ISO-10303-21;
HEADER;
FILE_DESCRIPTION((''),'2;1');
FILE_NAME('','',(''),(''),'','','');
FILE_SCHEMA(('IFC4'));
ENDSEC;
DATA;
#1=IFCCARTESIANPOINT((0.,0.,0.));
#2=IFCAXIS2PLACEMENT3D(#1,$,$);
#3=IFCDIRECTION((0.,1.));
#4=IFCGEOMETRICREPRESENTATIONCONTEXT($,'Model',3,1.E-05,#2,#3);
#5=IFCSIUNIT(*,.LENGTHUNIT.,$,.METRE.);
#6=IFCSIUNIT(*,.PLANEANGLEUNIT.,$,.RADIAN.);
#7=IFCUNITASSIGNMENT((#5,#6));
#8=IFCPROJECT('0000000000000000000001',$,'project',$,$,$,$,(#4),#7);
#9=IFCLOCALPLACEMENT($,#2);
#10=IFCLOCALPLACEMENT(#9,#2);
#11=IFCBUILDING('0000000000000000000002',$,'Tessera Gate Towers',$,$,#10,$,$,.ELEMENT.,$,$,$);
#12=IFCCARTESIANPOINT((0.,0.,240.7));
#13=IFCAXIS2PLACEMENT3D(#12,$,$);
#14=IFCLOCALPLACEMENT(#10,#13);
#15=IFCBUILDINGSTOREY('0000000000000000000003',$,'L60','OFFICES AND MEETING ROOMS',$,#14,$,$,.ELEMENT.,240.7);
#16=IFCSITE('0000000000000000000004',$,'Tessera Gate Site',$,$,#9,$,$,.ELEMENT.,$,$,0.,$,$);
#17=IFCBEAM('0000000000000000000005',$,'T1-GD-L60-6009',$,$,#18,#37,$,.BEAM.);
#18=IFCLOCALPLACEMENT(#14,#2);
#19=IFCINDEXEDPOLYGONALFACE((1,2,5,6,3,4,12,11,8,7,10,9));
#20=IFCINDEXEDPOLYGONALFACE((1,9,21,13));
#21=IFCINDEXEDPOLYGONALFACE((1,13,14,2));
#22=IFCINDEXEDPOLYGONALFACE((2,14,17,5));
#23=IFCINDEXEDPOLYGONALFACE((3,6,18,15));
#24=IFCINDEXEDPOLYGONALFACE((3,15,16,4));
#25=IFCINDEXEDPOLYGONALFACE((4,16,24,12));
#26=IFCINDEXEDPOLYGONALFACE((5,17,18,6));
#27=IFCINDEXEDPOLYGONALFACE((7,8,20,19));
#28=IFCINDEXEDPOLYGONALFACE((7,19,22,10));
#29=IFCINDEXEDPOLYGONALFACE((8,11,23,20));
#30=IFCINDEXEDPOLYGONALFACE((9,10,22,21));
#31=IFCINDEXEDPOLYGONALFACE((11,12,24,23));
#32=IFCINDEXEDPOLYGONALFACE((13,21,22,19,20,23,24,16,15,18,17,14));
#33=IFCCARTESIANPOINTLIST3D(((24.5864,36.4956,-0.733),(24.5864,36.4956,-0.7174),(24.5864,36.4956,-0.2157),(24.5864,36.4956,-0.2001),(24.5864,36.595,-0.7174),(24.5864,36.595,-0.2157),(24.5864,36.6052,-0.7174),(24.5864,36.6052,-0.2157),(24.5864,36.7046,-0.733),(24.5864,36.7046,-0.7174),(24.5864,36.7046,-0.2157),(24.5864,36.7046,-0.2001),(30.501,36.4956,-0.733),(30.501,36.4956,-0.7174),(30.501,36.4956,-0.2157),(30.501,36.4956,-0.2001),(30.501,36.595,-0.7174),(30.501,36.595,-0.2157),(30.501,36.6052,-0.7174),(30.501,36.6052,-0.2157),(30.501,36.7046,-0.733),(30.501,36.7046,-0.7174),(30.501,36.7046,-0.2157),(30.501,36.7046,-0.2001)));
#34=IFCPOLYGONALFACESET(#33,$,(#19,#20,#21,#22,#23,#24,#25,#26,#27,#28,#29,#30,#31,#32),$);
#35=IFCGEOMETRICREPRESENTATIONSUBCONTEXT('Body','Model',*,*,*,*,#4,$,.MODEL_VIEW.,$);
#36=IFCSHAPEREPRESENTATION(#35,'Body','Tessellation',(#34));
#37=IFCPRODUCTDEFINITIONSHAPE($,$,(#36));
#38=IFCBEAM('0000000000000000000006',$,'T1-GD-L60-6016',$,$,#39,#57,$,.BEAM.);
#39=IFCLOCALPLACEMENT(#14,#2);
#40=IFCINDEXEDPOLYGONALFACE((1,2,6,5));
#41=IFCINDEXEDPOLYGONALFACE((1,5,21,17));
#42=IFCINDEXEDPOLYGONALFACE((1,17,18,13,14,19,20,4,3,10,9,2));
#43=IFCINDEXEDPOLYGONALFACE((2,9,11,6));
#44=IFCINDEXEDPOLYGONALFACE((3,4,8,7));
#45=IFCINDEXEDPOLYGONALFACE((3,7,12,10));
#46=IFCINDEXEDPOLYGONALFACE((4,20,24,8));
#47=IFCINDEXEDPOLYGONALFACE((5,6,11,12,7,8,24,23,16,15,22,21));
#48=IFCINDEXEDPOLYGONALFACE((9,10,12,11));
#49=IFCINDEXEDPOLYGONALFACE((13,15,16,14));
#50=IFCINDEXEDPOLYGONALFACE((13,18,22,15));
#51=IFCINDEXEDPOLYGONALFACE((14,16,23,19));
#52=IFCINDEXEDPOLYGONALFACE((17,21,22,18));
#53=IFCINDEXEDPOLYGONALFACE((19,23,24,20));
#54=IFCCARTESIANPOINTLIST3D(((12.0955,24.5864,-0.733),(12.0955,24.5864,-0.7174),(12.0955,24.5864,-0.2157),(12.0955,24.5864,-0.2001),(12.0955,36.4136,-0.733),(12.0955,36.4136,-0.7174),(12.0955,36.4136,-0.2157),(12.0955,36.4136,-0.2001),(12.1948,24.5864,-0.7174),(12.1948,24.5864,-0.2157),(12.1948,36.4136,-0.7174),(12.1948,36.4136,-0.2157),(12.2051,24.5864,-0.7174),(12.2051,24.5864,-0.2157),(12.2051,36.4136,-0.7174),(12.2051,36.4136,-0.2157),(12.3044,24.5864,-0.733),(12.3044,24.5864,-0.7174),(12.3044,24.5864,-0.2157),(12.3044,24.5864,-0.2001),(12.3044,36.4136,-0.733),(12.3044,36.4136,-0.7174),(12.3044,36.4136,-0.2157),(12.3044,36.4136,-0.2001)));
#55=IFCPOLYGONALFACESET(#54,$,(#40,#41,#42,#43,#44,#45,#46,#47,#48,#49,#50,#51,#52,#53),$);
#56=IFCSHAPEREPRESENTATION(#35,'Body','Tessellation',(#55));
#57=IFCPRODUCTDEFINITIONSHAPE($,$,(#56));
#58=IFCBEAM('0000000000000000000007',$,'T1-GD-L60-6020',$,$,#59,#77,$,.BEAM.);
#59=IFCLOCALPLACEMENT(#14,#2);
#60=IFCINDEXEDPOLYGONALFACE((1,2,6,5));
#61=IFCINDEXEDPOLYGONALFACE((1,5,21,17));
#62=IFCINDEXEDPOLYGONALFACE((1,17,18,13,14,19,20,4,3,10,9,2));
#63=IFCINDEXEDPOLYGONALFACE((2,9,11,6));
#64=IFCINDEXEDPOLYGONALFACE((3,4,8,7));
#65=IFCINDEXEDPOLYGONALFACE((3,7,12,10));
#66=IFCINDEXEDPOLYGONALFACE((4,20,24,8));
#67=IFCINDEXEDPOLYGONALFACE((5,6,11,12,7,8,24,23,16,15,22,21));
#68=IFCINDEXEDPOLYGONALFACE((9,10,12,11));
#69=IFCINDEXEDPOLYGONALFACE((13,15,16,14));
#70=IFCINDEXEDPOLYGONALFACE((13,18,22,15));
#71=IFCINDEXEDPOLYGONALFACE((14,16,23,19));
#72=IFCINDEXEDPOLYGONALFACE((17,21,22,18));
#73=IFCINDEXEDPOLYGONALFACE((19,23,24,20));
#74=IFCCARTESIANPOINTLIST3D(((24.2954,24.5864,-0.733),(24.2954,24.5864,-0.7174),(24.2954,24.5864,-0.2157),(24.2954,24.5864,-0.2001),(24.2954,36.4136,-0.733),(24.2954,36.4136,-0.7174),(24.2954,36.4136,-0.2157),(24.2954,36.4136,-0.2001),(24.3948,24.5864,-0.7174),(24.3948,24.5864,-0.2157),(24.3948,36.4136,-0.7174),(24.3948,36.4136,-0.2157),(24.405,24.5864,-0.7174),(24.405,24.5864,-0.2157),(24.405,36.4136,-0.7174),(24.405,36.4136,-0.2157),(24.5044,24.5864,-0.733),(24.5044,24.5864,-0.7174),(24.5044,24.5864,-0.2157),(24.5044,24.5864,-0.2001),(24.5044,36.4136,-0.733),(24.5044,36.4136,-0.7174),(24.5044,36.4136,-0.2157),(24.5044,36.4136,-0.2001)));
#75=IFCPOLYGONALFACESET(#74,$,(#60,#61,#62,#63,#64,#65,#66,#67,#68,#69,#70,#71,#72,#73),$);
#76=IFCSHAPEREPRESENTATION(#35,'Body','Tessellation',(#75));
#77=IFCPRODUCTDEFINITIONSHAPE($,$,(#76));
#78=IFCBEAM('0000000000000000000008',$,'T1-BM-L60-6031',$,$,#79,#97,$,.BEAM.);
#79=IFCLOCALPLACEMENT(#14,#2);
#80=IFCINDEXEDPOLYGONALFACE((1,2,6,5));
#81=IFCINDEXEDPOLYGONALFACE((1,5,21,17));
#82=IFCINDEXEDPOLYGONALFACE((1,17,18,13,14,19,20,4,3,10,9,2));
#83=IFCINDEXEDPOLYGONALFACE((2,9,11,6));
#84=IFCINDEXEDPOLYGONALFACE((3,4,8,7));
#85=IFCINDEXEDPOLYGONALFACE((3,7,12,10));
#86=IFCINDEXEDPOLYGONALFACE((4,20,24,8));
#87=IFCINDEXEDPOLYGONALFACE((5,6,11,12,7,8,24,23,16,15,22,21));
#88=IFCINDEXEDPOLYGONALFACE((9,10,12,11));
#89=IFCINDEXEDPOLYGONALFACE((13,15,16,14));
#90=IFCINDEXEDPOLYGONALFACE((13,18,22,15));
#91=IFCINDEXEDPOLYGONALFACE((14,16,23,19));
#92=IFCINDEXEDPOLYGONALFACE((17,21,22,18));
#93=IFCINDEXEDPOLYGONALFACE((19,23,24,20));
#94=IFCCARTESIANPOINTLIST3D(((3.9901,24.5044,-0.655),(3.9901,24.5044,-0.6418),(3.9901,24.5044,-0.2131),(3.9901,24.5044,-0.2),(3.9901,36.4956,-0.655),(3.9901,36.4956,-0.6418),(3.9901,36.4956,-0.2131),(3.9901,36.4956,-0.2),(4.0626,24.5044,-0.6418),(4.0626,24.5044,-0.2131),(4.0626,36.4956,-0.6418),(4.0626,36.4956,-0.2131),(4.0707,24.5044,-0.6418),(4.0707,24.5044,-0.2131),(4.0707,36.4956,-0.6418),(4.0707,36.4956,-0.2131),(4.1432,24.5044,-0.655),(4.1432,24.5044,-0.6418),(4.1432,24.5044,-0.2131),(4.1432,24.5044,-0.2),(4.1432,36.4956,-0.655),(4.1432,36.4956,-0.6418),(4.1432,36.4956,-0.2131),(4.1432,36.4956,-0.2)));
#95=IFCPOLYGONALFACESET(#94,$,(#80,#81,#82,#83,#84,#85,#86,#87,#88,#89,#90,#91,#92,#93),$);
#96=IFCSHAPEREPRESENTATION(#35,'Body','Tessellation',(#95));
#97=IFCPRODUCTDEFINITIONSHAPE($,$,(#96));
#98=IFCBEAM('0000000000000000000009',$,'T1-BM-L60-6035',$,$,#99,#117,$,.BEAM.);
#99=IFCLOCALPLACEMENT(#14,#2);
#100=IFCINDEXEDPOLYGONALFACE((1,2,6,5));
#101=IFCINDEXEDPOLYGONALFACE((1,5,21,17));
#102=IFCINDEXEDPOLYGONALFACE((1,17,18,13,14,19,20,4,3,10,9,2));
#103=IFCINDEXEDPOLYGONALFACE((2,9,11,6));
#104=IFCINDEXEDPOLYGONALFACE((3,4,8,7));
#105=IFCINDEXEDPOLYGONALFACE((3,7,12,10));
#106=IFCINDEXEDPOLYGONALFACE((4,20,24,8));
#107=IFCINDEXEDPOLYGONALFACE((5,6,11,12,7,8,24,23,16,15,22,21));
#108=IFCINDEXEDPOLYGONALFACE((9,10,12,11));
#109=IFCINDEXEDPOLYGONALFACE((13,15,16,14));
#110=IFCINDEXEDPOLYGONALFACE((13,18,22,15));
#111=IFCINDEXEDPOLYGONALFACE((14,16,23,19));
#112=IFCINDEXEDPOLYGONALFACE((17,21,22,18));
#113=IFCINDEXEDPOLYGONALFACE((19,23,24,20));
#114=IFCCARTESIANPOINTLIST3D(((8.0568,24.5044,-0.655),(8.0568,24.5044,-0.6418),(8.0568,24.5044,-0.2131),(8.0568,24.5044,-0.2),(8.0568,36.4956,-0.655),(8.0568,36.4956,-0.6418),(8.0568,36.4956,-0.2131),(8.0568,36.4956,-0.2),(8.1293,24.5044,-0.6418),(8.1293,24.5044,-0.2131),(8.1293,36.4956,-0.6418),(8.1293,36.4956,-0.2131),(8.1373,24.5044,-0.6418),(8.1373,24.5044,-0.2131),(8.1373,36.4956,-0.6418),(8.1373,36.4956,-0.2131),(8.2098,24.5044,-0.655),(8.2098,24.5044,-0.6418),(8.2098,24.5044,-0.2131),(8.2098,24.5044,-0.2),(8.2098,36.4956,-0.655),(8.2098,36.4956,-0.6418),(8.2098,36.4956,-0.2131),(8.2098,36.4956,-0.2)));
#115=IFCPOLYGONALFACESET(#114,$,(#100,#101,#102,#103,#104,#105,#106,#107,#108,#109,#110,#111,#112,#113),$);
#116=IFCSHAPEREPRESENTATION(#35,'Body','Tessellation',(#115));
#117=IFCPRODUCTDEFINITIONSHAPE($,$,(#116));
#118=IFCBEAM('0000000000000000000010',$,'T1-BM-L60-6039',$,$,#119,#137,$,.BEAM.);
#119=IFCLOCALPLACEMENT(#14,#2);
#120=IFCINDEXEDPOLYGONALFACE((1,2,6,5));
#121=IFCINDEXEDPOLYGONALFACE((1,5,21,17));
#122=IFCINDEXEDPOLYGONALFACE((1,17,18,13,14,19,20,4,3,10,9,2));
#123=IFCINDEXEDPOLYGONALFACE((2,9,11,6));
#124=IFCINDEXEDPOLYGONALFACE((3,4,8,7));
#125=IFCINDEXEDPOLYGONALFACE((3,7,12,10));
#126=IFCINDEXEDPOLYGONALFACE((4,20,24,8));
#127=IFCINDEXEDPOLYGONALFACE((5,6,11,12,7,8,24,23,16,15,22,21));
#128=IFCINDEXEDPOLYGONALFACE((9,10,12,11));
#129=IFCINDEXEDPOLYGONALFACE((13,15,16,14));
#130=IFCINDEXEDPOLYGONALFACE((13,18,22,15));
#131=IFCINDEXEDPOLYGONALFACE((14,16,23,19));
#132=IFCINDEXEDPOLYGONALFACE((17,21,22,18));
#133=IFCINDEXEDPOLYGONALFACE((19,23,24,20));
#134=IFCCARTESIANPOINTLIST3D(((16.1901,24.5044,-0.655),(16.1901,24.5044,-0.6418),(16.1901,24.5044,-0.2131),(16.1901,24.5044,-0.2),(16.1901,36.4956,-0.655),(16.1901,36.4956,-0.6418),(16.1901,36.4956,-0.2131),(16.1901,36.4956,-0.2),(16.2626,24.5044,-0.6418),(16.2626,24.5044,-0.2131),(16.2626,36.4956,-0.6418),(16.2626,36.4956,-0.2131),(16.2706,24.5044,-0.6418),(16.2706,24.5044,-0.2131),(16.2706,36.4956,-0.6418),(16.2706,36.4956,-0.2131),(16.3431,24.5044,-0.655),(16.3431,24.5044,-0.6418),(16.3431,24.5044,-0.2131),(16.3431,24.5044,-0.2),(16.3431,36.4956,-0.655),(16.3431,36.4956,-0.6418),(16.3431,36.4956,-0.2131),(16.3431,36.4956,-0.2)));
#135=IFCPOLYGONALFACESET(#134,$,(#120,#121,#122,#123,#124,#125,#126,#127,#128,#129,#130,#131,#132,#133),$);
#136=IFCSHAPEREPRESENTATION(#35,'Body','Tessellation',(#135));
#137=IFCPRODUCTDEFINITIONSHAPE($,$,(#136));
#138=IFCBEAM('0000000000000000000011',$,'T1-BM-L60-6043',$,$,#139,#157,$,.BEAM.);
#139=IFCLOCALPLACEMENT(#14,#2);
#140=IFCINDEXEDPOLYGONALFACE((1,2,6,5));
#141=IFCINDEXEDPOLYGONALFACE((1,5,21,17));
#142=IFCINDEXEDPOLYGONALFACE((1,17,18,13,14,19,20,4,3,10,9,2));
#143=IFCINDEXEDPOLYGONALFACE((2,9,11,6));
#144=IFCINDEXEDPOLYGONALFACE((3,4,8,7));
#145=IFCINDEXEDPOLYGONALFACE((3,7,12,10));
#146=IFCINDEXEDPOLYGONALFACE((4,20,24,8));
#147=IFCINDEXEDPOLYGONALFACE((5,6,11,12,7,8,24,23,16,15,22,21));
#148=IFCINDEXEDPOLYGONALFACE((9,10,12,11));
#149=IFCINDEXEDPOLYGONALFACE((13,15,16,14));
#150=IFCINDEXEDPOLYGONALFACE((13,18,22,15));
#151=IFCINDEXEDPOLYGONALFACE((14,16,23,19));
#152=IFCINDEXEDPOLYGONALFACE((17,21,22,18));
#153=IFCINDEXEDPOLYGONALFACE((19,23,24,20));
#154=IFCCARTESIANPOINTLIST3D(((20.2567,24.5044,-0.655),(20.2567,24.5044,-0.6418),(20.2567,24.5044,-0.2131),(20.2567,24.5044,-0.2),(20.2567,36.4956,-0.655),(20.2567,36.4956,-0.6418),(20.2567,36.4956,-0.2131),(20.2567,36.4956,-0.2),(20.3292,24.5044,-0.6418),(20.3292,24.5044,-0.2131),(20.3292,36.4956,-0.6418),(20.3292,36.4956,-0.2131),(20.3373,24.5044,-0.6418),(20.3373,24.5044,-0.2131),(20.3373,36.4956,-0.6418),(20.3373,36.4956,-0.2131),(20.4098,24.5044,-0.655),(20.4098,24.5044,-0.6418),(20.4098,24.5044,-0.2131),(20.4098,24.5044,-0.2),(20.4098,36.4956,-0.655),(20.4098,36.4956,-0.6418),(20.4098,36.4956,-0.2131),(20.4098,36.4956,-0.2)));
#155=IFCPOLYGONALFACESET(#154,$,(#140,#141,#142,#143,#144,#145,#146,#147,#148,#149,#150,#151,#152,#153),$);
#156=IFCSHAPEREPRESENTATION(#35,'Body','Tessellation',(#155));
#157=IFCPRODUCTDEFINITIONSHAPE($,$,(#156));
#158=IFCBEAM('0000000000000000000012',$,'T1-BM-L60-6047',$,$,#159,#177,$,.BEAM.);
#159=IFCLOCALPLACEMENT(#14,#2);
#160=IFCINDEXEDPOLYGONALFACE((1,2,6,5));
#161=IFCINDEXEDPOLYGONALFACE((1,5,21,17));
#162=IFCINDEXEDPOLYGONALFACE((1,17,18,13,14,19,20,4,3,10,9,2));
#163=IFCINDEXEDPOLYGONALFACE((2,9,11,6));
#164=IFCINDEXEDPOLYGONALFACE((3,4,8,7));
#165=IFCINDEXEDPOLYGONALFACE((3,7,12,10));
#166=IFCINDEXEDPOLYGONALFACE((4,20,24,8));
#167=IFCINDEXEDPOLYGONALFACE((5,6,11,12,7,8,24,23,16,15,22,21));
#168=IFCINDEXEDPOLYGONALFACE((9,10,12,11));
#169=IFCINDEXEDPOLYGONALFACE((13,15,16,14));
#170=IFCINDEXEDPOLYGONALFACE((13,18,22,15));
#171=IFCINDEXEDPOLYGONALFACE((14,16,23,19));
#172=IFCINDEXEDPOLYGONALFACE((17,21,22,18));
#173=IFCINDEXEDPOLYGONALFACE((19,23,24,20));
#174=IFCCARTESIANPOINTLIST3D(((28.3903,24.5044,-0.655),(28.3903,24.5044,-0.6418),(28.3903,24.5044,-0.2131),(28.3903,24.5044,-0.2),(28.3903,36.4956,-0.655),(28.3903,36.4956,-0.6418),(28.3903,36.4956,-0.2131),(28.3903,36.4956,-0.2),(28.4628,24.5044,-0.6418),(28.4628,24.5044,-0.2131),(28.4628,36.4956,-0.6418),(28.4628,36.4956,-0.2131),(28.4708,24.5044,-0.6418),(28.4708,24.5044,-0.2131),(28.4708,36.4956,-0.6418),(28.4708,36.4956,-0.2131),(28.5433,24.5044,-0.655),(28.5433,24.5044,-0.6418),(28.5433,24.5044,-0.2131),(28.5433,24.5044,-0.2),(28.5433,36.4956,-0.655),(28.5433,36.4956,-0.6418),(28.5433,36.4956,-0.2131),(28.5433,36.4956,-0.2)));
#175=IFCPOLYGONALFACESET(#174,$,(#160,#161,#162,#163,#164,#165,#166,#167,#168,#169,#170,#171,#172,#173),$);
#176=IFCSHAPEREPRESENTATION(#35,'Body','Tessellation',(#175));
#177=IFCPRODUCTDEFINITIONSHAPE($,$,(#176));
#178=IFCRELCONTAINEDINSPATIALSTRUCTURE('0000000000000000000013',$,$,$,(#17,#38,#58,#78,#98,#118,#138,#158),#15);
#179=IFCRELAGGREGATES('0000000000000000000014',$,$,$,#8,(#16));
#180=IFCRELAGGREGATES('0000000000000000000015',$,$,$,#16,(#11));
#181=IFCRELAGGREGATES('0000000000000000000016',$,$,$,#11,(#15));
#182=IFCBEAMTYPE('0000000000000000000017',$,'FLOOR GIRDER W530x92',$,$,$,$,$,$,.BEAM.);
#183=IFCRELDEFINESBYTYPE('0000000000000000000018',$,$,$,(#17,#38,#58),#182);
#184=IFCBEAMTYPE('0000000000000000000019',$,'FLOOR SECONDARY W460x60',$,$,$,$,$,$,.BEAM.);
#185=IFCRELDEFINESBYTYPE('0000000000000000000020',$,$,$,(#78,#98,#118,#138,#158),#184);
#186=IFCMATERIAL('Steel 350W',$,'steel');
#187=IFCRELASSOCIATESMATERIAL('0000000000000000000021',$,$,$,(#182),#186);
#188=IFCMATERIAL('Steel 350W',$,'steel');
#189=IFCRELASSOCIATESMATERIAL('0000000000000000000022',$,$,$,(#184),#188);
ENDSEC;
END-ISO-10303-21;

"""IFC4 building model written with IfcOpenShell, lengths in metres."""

from ifc_helpers import new_model, si_unit, direction, frame, origin, origin_2d, place, context, subcontext, project, spatial, i_section, extrude, material, material_profile, profile_set, type_object, element, save


model = new_model("IFC4")

# Units and contexts
model_context = context("Model", 3, precision=1e-05, world=origin(), true_north=direction((0.0, 1.0)))
body_context = subcontext(model_context, "Body", "Model", "MODEL_VIEW")
ifc_project = project(units=[si_unit("LENGTHUNIT", "METRE"), si_unit("PLANEANGLEUNIT", "RADIAN")], contexts=[model_context])

# Site, building, storey
site_placement = place(None, origin())
site = spatial("IfcSite", under=ifc_project, at=site_placement, Name="Tessera Gate Site", CompositionType="ELEMENT", RefElevation=0.0)
building_placement = place(site_placement, origin())
building = spatial("IfcBuilding", under=site, at=building_placement, Name="Tessera Gate Towers", CompositionType="ELEMENT")
storey_placement = place(building_placement, frame((0.0, 0.0, 240.7)))
storey = spatial("IfcBuildingStorey", under=building, at=storey_placement, Name="L60", Description="OFFICES AND MEETING ROOMS", CompositionType="ELEMENT", Elevation=240.7)

# Beams
ifc_material_1 = material(Name="Steel 350W", Category="steel")
ifc_material_profile_1 = material_profile(ifc_material_1, i_section(OverallWidth=0.209, OverallDepth=0.533, WebThickness=0.0103, FlangeThickness=0.0156, at=origin_2d()), Name="W530x92")
ifc_profile_set_1 = profile_set([ifc_material_profile_1], Name="Steel 350W")
beam_type_1 = type_object("IfcBeamType", Name="FLOOR GIRDER W530x92", PredefinedType="BEAM", material=ifc_profile_set_1)
beam_1_placement = place(storey_placement, frame((24.5864, 36.6001, -0.4666), z_axis=(1.0, 0.0, 0.0), x_axis=(0.0, 1.0, 0.0)))
element("IfcBeam", 1, at=beam_1_placement, inside=storey, type_object=beam_type_1, Name="T1-GD-L60-6009", PredefinedType="BEAM", context=body_context, shape_type="SweptSolid", body=[
    extrude(i_section(OverallWidth=0.209, OverallDepth=0.533, WebThickness=0.0103, FlangeThickness=0.0156, at=origin_2d()), origin(), (0.0, 0.0, 1.0), 5.9146),
])
for number, where, z_axis, x_axis, name in (
    (2, (12.2, 24.5864, -0.4666), (0.0, 1.0, 0.0), (-1.0, 0.0, 0.0), "T1-GD-L60-6016"),
    (3, (24.3999, 24.5864, -0.4666), (0.0, 1.0, 0.0), (-1.0, 0.0, 0.0), "T1-GD-L60-6020"),
):
    element("IfcBeam", number, at=place(storey_placement, frame(where, z_axis=z_axis, x_axis=x_axis)), inside=storey, type_object=beam_type_1, Name=name, PredefinedType="BEAM", context=body_context, shape_type="SweptSolid", body=[
        extrude(i_section(OverallWidth=0.209, OverallDepth=0.533, WebThickness=0.0103, FlangeThickness=0.0156, at=origin_2d()), origin(), (0.0, 0.0, 1.0), 11.8271),
    ])
ifc_material_2 = material(Name="Steel 350W", Category="steel")
ifc_material_profile_2 = material_profile(ifc_material_2, i_section(OverallWidth=0.1531, OverallDepth=0.4551, WebThickness=0.0081, FlangeThickness=0.0132, at=origin_2d()), Name="W460x60")
ifc_profile_set_2 = profile_set([ifc_material_profile_2], Name="Steel 350W")
beam_type_2 = type_object("IfcBeamType", Name="FLOOR SECONDARY W460x60", PredefinedType="BEAM", material=ifc_profile_set_2)
for number, where, z_axis, x_axis, name in (
    (4, (4.0667, 24.5044, -0.4275), (0.0, 1.0, 0.0), (-1.0, 0.0, 0.0), "T1-BM-L60-6031"),
    (5, (8.1333, 24.5044, -0.4275), (0.0, 1.0, 0.0), (-1.0, 0.0, 0.0), "T1-BM-L60-6035"),
    (6, (16.2666, 24.5044, -0.4275), (0.0, 1.0, 0.0), (-1.0, 0.0, 0.0), "T1-BM-L60-6039"),
    (7, (20.3333, 24.5044, -0.4275), (0.0, 1.0, 0.0), (-1.0, 0.0, 0.0), "T1-BM-L60-6043"),
    (8, (28.4668, 24.5044, -0.4275), (0.0, 1.0, 0.0), (-1.0, 0.0, 0.0), "T1-BM-L60-6047"),
):
    element("IfcBeam", number, at=place(storey_placement, frame(where, z_axis=z_axis, x_axis=x_axis)), inside=storey, type_object=beam_type_2, Name=name, PredefinedType="BEAM", context=body_context, shape_type="SweptSolid", body=[
        extrude(i_section(OverallWidth=0.1531, OverallDepth=0.4551, WebThickness=0.0081, FlangeThickness=0.0132, at=origin_2d()), origin(), (0.0, 0.0, 1.0), 11.9912),
    ])

save(model, "model.ifc")
